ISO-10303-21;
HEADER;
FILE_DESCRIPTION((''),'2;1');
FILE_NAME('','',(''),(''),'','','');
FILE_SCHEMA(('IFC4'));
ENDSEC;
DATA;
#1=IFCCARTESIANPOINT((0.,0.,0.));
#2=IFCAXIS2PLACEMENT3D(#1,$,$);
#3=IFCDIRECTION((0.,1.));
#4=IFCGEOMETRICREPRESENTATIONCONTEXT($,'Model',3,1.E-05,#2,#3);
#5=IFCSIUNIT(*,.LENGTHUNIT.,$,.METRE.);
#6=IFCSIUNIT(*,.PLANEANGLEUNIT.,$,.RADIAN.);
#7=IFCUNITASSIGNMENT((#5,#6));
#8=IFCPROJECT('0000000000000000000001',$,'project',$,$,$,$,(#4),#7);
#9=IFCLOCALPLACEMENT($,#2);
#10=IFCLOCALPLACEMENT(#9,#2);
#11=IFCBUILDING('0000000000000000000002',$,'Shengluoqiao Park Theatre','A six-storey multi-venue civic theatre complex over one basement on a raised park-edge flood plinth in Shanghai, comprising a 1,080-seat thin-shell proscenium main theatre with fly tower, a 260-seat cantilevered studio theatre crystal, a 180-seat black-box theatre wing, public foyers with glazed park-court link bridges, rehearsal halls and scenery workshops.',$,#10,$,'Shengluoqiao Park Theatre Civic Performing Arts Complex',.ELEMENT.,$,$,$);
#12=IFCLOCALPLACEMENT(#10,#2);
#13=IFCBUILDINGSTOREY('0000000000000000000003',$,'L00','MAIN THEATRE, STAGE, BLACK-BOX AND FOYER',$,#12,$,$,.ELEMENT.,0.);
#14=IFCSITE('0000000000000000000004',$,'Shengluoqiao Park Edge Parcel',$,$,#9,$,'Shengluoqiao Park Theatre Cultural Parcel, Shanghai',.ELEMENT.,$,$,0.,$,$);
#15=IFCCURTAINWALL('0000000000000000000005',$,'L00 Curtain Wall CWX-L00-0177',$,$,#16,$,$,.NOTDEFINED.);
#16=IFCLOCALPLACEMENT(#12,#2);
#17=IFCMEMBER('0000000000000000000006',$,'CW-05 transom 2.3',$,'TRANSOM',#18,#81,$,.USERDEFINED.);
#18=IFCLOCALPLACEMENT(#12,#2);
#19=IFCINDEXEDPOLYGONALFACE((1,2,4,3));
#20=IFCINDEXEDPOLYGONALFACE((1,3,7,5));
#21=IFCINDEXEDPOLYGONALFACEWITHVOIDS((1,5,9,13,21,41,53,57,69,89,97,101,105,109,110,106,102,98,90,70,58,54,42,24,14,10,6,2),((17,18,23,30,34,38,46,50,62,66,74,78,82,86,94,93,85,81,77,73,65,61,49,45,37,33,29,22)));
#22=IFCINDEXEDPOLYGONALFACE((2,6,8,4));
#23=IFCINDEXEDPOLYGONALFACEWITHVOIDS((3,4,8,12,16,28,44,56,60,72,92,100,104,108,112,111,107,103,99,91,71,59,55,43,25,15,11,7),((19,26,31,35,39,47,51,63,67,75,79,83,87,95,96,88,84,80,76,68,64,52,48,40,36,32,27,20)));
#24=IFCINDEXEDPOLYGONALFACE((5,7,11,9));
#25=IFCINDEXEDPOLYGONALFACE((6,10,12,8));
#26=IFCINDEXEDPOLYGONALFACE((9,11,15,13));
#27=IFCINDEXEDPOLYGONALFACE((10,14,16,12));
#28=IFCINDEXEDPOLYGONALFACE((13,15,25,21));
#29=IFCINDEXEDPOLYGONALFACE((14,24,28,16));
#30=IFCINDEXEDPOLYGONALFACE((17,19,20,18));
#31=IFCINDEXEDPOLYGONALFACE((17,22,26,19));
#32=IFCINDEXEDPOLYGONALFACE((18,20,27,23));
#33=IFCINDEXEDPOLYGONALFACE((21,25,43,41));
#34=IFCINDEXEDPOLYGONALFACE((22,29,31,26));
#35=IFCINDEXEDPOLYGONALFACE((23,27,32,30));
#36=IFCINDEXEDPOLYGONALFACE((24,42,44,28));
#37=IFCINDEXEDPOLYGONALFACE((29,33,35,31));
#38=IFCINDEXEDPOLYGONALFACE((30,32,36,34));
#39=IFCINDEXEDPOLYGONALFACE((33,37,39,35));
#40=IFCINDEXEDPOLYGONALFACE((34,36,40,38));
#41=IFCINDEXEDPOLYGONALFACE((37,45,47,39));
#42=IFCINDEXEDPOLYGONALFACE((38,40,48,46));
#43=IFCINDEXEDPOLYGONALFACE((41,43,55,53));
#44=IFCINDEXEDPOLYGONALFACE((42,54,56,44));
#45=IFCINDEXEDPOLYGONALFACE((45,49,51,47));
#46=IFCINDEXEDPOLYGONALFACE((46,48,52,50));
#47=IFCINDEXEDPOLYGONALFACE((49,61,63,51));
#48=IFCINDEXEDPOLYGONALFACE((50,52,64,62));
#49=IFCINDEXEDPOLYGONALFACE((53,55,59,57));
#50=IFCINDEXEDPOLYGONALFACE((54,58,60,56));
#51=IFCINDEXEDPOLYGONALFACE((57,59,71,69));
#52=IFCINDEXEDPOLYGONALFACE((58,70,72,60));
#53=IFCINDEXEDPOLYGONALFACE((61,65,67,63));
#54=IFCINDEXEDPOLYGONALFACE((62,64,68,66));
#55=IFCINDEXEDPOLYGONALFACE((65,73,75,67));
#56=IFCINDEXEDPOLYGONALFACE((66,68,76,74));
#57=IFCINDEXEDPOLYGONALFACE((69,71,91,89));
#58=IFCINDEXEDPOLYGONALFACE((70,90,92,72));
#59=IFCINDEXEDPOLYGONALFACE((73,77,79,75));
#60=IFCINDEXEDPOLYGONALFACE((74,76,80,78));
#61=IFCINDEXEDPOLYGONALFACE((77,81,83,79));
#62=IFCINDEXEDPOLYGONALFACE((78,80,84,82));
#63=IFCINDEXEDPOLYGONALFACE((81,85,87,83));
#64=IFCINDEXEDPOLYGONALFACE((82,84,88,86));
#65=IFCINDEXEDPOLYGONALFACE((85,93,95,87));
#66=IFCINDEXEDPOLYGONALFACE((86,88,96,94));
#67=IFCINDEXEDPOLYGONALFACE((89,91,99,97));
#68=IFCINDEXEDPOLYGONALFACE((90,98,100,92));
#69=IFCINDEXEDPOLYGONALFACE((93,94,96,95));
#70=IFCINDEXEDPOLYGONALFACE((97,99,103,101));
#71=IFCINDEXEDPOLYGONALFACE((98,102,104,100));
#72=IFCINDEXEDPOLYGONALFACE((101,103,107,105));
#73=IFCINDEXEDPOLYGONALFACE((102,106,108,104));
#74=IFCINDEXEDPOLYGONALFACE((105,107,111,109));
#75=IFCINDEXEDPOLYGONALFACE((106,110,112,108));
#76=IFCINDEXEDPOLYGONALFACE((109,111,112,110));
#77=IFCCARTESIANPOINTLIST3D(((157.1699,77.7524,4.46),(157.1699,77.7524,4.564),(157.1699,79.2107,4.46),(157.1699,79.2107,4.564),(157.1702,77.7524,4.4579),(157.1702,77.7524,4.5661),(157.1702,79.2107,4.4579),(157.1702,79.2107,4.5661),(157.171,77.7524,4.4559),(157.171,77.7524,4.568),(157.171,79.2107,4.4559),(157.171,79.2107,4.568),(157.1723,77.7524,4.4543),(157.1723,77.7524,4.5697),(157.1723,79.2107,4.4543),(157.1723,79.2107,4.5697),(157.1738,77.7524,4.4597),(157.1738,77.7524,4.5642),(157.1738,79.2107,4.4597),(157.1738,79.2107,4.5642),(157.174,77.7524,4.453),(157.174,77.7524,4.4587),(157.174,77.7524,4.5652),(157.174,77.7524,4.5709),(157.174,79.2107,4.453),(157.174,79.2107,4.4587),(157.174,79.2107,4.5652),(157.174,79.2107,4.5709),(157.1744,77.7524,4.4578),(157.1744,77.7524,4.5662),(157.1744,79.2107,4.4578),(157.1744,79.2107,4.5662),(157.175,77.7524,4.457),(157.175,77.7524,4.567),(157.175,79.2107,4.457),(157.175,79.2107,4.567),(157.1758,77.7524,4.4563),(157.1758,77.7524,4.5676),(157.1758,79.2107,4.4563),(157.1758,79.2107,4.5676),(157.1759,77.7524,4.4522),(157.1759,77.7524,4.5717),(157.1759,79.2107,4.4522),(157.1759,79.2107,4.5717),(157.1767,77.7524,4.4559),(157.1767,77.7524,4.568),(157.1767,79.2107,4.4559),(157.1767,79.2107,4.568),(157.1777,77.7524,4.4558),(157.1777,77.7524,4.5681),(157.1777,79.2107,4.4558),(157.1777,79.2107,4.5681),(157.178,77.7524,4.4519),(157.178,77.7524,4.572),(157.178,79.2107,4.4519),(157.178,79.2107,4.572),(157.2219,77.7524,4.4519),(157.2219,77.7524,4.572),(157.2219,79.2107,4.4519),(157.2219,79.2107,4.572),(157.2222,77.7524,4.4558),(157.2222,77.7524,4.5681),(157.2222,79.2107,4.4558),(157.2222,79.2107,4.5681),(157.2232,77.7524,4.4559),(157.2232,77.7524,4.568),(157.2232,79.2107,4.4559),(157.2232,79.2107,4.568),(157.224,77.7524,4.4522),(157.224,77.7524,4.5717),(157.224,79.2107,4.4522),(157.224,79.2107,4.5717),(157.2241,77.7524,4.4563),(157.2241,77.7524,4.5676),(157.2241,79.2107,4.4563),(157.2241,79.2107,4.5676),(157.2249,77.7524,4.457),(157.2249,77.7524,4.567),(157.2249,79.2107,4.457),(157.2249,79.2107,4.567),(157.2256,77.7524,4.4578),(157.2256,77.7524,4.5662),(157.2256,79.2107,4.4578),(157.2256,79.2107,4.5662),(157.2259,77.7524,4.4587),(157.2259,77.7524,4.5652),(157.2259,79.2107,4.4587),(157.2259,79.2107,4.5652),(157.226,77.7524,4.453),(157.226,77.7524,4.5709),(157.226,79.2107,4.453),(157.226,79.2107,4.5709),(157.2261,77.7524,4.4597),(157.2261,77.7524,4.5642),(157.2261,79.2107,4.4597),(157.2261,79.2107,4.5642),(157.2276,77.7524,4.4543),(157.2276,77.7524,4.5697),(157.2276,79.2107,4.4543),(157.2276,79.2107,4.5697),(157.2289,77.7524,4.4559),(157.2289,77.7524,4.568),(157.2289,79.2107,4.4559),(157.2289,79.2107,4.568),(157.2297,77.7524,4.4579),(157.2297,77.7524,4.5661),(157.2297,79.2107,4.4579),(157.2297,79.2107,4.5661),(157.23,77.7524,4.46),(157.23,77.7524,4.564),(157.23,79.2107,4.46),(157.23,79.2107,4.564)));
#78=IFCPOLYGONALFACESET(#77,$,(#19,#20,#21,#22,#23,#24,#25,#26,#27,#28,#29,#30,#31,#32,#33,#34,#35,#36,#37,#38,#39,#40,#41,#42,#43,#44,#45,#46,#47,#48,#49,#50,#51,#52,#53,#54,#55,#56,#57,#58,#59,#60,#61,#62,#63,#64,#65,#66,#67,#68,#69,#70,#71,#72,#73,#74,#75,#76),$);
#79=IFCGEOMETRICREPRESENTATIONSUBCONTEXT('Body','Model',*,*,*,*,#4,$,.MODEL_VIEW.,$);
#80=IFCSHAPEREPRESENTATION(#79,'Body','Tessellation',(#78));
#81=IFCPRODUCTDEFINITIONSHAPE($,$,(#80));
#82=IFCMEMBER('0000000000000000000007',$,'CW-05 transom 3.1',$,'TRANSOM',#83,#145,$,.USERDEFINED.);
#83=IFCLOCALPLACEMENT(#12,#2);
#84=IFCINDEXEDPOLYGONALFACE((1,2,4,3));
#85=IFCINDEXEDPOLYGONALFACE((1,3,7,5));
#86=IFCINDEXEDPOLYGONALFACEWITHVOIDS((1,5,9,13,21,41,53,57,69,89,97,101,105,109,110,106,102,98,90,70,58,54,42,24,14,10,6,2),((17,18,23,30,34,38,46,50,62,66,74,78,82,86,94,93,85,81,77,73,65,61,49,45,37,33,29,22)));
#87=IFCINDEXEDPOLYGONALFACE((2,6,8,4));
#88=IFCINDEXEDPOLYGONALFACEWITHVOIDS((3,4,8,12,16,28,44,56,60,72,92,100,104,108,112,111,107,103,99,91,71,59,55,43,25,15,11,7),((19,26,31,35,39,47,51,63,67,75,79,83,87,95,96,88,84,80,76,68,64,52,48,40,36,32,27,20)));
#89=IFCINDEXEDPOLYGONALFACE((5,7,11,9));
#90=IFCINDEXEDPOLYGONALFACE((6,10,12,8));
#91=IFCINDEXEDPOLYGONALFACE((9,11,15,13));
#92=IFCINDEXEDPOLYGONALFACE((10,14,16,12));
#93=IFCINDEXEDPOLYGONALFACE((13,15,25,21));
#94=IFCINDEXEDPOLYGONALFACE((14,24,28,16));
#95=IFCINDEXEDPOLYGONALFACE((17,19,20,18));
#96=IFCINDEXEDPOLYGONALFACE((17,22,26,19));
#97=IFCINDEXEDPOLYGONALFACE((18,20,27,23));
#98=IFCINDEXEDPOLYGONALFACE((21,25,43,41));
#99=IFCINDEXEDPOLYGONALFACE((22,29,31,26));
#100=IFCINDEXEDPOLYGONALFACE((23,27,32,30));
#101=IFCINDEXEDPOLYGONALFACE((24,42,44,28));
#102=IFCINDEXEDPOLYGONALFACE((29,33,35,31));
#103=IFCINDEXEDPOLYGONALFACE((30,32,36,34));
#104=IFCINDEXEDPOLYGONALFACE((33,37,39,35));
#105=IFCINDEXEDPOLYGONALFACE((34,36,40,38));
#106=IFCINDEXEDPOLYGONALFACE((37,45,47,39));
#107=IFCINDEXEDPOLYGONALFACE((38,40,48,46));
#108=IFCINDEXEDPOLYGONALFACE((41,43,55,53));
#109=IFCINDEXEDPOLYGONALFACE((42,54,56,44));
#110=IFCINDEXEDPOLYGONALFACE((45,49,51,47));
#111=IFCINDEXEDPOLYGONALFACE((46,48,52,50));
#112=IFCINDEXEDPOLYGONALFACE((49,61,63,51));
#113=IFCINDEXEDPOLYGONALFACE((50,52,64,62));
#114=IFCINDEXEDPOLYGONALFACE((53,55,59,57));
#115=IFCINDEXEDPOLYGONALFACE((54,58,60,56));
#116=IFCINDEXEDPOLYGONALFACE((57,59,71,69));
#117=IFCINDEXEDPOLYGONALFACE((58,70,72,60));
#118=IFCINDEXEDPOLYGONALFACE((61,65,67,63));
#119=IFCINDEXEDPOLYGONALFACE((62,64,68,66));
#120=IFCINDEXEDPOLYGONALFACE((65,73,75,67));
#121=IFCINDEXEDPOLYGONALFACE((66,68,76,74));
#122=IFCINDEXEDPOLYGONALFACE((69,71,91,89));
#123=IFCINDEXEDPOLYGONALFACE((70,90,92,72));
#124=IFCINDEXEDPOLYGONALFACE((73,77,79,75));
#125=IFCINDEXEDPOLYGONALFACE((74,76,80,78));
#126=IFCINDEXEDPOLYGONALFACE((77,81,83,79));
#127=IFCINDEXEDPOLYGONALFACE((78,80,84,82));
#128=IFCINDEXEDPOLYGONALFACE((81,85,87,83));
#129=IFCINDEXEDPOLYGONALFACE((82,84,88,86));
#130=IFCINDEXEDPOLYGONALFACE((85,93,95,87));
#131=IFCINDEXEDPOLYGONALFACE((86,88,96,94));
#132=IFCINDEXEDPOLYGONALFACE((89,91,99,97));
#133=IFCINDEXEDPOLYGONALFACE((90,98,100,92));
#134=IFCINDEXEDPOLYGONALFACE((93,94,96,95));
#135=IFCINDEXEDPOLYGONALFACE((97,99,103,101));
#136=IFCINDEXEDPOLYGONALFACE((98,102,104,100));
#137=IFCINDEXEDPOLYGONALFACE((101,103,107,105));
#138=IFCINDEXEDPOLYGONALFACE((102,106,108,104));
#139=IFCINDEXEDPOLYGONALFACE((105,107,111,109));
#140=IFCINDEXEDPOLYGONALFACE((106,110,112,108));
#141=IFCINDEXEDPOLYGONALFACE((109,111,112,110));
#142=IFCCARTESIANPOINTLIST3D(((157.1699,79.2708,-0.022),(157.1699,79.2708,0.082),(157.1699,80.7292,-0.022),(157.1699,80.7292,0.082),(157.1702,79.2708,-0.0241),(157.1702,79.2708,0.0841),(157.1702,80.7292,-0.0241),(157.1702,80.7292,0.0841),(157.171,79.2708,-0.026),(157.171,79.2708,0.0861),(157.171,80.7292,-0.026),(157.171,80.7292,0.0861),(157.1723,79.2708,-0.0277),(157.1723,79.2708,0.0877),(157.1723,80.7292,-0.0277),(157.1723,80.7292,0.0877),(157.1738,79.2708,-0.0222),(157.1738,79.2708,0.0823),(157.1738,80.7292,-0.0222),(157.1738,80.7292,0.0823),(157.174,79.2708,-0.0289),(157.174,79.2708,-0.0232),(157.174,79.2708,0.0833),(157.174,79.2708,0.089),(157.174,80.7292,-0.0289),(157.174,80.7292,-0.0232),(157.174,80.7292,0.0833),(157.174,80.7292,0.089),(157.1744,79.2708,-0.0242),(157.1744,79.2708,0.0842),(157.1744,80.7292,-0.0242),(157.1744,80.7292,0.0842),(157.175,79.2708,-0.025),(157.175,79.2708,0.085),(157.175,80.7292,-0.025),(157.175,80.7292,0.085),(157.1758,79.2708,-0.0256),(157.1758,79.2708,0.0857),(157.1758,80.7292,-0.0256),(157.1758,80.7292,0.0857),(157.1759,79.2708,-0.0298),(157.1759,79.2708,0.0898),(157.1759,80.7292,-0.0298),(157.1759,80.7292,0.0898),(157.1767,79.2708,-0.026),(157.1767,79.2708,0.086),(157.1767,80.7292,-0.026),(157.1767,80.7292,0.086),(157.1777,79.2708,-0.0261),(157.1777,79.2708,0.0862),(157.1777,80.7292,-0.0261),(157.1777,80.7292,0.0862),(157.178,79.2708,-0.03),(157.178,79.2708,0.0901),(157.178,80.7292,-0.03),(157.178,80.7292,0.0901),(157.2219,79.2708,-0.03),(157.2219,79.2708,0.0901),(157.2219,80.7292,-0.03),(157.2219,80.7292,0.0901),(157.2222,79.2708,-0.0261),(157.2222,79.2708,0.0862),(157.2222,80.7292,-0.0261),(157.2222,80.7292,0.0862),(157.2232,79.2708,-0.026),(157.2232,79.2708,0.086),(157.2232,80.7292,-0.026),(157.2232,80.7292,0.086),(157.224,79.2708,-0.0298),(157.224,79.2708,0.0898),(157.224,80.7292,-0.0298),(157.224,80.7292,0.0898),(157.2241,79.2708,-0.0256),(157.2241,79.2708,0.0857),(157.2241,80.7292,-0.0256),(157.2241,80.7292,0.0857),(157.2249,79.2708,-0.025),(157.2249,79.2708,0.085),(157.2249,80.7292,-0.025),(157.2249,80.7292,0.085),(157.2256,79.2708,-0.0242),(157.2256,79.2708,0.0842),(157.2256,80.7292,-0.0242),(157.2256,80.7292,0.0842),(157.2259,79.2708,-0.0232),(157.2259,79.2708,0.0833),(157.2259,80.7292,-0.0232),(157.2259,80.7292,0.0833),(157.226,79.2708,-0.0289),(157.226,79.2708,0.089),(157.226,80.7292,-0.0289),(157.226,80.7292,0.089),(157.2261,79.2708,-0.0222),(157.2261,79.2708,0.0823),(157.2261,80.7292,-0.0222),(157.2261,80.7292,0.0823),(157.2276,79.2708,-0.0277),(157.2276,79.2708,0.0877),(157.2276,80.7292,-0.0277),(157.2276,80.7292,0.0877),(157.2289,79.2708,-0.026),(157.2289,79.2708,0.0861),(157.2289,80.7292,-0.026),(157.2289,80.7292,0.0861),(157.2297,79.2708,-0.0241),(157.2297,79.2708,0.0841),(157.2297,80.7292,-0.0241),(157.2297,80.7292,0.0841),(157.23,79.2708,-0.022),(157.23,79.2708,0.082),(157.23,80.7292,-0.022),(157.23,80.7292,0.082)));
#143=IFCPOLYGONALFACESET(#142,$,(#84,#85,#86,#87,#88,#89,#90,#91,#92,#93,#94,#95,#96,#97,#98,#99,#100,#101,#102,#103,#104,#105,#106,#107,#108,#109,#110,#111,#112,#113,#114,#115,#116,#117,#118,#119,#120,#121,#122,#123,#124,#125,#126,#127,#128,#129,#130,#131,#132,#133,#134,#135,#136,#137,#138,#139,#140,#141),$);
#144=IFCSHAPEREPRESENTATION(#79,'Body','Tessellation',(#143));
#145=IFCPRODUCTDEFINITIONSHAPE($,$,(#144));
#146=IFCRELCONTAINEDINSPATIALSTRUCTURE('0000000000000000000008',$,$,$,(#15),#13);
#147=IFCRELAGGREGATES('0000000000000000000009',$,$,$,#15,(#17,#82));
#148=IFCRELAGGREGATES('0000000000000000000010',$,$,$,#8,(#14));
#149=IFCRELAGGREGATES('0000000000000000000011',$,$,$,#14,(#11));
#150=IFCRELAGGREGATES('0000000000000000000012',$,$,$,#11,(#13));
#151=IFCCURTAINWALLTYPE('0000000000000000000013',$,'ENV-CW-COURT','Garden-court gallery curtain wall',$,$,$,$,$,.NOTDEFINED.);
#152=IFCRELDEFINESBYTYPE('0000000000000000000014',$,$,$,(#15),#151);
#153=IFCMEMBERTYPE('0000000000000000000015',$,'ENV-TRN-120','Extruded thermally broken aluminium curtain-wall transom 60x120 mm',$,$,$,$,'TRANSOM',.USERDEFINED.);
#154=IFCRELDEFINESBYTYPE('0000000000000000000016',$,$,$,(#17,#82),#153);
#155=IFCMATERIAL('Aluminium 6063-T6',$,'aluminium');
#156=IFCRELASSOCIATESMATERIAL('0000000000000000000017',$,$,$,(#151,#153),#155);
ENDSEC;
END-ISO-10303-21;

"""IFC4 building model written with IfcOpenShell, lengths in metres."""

from ifc_helpers import new_model, si_unit, direction, frame, origin, origin_2d, place, context, subcontext, project, spatial, hollow_rectangle, extrude, material, material_profile, profile_set, type_object, element, aggregate, save


model = new_model("IFC4")

# Units and contexts
model_context = context("Model", 3, precision=1e-05, world=origin(), true_north=direction((0.0, 1.0)))
body_context = subcontext(model_context, "Body", "Model", "MODEL_VIEW")
ifc_project = project(units=[si_unit("LENGTHUNIT", "METRE"), si_unit("PLANEANGLEUNIT", "RADIAN")], contexts=[model_context])

# Site, building, storey
site_placement = place(None, origin())
site = spatial("IfcSite", under=ifc_project, at=site_placement, Name="Shengluoqiao Park Edge Parcel", LongName="Shengluoqiao Park Theatre Cultural Parcel, Shanghai", CompositionType="ELEMENT", RefElevation=0.0)
building_placement = place(site_placement, origin())
building = spatial("IfcBuilding", under=site, at=building_placement, Name="Shengluoqiao Park Theatre", Description="A six-storey multi-venue civic theatre complex over one basement on a raised park-edge flood plinth in Shanghai, comprising a 1,080-seat thin-shell proscenium main theatre with fly tower, a 260-seat cantilevered studio theatre crystal, a 180-seat black-box theatre wing, public foyers with glazed park-court link bridges, rehearsal halls and scenery workshops.", LongName="Shengluoqiao Park Theatre Civic Performing Arts Complex", CompositionType="ELEMENT")
storey_placement = place(building_placement, origin())
storey = spatial("IfcBuildingStorey", under=building, at=storey_placement, Name="L00", Description="MAIN THEATRE, STAGE, BLACK-BOX AND FOYER", CompositionType="ELEMENT", Elevation=0.0)

# Curtain wall, members
ifc_material_1 = material(Name="Aluminium 6063-T6", Category="aluminium")
curtain_wall_type = type_object("IfcCurtainWallType", Name="ENV-CW-COURT", Description="Garden-court gallery curtain wall", PredefinedType="NOTDEFINED", material=ifc_material_1)
curtain_wall_placement = place(storey_placement, origin())
curtain_wall = element("IfcCurtainWall", 1, at=curtain_wall_placement, inside=storey, type_object=curtain_wall_type, Name="L00 Curtain Wall CWX-L00-0177", PredefinedType="NOTDEFINED")
ifc_material_profile_1 = material_profile(ifc_material_1, hollow_rectangle(XDim=0.0601, YDim=0.1201, WallThickness=0.0039, InnerFilletRadius=0.0039, OuterFilletRadius=0.0081, at=origin_2d()), Name="ALU TRANSOM 120x60x4")
ifc_profile_set_1 = profile_set([ifc_material_profile_1], Name="Aluminium 6063-T6")
member_type_1 = type_object("IfcMemberType", Name="ENV-TRN-120", Description="Extruded thermally broken aluminium curtain-wall transom 60x120 mm", ElementType="TRANSOM", PredefinedType="USERDEFINED", material=ifc_profile_set_1)
member_1_placement = place(storey_placement, frame((157.2, 77.7524, 4.512), z_axis=(0.0, 1.0, 0.0), x_axis=(-1.0, 0.0, 0.0)))
member_1 = element("IfcMember", 2, at=member_1_placement, type_object=member_type_1, Name="CW-05 transom 2.3", ObjectType="TRANSOM", PredefinedType="USERDEFINED", context=body_context, shape_type="SweptSolid", body=[
    extrude(hollow_rectangle(XDim=0.0601, YDim=0.1201, WallThickness=0.0039, InnerFilletRadius=0.0039, OuterFilletRadius=0.0081, at=origin_2d()), origin(), (0.0, 0.0, 1.0), 1.4583),
])
member_2_placement = place(storey_placement, frame((157.2, 79.2708, 0.03), z_axis=(0.0, 1.0, 0.0), x_axis=(-1.0, 0.0, 0.0)))
member_2 = element("IfcMember", 3, at=member_2_placement, type_object=member_type_1, Name="CW-05 transom 3.1", ObjectType="TRANSOM", PredefinedType="USERDEFINED", context=body_context, shape_type="SweptSolid", body=[
    extrude(hollow_rectangle(XDim=0.0601, YDim=0.1201, WallThickness=0.0039, InnerFilletRadius=0.0039, OuterFilletRadius=0.0081, at=origin_2d()), origin(), (0.0, 0.0, 1.0), 1.4585),
])
aggregate(curtain_wall, [member_1, member_2])

save(model, "model.ifc")
